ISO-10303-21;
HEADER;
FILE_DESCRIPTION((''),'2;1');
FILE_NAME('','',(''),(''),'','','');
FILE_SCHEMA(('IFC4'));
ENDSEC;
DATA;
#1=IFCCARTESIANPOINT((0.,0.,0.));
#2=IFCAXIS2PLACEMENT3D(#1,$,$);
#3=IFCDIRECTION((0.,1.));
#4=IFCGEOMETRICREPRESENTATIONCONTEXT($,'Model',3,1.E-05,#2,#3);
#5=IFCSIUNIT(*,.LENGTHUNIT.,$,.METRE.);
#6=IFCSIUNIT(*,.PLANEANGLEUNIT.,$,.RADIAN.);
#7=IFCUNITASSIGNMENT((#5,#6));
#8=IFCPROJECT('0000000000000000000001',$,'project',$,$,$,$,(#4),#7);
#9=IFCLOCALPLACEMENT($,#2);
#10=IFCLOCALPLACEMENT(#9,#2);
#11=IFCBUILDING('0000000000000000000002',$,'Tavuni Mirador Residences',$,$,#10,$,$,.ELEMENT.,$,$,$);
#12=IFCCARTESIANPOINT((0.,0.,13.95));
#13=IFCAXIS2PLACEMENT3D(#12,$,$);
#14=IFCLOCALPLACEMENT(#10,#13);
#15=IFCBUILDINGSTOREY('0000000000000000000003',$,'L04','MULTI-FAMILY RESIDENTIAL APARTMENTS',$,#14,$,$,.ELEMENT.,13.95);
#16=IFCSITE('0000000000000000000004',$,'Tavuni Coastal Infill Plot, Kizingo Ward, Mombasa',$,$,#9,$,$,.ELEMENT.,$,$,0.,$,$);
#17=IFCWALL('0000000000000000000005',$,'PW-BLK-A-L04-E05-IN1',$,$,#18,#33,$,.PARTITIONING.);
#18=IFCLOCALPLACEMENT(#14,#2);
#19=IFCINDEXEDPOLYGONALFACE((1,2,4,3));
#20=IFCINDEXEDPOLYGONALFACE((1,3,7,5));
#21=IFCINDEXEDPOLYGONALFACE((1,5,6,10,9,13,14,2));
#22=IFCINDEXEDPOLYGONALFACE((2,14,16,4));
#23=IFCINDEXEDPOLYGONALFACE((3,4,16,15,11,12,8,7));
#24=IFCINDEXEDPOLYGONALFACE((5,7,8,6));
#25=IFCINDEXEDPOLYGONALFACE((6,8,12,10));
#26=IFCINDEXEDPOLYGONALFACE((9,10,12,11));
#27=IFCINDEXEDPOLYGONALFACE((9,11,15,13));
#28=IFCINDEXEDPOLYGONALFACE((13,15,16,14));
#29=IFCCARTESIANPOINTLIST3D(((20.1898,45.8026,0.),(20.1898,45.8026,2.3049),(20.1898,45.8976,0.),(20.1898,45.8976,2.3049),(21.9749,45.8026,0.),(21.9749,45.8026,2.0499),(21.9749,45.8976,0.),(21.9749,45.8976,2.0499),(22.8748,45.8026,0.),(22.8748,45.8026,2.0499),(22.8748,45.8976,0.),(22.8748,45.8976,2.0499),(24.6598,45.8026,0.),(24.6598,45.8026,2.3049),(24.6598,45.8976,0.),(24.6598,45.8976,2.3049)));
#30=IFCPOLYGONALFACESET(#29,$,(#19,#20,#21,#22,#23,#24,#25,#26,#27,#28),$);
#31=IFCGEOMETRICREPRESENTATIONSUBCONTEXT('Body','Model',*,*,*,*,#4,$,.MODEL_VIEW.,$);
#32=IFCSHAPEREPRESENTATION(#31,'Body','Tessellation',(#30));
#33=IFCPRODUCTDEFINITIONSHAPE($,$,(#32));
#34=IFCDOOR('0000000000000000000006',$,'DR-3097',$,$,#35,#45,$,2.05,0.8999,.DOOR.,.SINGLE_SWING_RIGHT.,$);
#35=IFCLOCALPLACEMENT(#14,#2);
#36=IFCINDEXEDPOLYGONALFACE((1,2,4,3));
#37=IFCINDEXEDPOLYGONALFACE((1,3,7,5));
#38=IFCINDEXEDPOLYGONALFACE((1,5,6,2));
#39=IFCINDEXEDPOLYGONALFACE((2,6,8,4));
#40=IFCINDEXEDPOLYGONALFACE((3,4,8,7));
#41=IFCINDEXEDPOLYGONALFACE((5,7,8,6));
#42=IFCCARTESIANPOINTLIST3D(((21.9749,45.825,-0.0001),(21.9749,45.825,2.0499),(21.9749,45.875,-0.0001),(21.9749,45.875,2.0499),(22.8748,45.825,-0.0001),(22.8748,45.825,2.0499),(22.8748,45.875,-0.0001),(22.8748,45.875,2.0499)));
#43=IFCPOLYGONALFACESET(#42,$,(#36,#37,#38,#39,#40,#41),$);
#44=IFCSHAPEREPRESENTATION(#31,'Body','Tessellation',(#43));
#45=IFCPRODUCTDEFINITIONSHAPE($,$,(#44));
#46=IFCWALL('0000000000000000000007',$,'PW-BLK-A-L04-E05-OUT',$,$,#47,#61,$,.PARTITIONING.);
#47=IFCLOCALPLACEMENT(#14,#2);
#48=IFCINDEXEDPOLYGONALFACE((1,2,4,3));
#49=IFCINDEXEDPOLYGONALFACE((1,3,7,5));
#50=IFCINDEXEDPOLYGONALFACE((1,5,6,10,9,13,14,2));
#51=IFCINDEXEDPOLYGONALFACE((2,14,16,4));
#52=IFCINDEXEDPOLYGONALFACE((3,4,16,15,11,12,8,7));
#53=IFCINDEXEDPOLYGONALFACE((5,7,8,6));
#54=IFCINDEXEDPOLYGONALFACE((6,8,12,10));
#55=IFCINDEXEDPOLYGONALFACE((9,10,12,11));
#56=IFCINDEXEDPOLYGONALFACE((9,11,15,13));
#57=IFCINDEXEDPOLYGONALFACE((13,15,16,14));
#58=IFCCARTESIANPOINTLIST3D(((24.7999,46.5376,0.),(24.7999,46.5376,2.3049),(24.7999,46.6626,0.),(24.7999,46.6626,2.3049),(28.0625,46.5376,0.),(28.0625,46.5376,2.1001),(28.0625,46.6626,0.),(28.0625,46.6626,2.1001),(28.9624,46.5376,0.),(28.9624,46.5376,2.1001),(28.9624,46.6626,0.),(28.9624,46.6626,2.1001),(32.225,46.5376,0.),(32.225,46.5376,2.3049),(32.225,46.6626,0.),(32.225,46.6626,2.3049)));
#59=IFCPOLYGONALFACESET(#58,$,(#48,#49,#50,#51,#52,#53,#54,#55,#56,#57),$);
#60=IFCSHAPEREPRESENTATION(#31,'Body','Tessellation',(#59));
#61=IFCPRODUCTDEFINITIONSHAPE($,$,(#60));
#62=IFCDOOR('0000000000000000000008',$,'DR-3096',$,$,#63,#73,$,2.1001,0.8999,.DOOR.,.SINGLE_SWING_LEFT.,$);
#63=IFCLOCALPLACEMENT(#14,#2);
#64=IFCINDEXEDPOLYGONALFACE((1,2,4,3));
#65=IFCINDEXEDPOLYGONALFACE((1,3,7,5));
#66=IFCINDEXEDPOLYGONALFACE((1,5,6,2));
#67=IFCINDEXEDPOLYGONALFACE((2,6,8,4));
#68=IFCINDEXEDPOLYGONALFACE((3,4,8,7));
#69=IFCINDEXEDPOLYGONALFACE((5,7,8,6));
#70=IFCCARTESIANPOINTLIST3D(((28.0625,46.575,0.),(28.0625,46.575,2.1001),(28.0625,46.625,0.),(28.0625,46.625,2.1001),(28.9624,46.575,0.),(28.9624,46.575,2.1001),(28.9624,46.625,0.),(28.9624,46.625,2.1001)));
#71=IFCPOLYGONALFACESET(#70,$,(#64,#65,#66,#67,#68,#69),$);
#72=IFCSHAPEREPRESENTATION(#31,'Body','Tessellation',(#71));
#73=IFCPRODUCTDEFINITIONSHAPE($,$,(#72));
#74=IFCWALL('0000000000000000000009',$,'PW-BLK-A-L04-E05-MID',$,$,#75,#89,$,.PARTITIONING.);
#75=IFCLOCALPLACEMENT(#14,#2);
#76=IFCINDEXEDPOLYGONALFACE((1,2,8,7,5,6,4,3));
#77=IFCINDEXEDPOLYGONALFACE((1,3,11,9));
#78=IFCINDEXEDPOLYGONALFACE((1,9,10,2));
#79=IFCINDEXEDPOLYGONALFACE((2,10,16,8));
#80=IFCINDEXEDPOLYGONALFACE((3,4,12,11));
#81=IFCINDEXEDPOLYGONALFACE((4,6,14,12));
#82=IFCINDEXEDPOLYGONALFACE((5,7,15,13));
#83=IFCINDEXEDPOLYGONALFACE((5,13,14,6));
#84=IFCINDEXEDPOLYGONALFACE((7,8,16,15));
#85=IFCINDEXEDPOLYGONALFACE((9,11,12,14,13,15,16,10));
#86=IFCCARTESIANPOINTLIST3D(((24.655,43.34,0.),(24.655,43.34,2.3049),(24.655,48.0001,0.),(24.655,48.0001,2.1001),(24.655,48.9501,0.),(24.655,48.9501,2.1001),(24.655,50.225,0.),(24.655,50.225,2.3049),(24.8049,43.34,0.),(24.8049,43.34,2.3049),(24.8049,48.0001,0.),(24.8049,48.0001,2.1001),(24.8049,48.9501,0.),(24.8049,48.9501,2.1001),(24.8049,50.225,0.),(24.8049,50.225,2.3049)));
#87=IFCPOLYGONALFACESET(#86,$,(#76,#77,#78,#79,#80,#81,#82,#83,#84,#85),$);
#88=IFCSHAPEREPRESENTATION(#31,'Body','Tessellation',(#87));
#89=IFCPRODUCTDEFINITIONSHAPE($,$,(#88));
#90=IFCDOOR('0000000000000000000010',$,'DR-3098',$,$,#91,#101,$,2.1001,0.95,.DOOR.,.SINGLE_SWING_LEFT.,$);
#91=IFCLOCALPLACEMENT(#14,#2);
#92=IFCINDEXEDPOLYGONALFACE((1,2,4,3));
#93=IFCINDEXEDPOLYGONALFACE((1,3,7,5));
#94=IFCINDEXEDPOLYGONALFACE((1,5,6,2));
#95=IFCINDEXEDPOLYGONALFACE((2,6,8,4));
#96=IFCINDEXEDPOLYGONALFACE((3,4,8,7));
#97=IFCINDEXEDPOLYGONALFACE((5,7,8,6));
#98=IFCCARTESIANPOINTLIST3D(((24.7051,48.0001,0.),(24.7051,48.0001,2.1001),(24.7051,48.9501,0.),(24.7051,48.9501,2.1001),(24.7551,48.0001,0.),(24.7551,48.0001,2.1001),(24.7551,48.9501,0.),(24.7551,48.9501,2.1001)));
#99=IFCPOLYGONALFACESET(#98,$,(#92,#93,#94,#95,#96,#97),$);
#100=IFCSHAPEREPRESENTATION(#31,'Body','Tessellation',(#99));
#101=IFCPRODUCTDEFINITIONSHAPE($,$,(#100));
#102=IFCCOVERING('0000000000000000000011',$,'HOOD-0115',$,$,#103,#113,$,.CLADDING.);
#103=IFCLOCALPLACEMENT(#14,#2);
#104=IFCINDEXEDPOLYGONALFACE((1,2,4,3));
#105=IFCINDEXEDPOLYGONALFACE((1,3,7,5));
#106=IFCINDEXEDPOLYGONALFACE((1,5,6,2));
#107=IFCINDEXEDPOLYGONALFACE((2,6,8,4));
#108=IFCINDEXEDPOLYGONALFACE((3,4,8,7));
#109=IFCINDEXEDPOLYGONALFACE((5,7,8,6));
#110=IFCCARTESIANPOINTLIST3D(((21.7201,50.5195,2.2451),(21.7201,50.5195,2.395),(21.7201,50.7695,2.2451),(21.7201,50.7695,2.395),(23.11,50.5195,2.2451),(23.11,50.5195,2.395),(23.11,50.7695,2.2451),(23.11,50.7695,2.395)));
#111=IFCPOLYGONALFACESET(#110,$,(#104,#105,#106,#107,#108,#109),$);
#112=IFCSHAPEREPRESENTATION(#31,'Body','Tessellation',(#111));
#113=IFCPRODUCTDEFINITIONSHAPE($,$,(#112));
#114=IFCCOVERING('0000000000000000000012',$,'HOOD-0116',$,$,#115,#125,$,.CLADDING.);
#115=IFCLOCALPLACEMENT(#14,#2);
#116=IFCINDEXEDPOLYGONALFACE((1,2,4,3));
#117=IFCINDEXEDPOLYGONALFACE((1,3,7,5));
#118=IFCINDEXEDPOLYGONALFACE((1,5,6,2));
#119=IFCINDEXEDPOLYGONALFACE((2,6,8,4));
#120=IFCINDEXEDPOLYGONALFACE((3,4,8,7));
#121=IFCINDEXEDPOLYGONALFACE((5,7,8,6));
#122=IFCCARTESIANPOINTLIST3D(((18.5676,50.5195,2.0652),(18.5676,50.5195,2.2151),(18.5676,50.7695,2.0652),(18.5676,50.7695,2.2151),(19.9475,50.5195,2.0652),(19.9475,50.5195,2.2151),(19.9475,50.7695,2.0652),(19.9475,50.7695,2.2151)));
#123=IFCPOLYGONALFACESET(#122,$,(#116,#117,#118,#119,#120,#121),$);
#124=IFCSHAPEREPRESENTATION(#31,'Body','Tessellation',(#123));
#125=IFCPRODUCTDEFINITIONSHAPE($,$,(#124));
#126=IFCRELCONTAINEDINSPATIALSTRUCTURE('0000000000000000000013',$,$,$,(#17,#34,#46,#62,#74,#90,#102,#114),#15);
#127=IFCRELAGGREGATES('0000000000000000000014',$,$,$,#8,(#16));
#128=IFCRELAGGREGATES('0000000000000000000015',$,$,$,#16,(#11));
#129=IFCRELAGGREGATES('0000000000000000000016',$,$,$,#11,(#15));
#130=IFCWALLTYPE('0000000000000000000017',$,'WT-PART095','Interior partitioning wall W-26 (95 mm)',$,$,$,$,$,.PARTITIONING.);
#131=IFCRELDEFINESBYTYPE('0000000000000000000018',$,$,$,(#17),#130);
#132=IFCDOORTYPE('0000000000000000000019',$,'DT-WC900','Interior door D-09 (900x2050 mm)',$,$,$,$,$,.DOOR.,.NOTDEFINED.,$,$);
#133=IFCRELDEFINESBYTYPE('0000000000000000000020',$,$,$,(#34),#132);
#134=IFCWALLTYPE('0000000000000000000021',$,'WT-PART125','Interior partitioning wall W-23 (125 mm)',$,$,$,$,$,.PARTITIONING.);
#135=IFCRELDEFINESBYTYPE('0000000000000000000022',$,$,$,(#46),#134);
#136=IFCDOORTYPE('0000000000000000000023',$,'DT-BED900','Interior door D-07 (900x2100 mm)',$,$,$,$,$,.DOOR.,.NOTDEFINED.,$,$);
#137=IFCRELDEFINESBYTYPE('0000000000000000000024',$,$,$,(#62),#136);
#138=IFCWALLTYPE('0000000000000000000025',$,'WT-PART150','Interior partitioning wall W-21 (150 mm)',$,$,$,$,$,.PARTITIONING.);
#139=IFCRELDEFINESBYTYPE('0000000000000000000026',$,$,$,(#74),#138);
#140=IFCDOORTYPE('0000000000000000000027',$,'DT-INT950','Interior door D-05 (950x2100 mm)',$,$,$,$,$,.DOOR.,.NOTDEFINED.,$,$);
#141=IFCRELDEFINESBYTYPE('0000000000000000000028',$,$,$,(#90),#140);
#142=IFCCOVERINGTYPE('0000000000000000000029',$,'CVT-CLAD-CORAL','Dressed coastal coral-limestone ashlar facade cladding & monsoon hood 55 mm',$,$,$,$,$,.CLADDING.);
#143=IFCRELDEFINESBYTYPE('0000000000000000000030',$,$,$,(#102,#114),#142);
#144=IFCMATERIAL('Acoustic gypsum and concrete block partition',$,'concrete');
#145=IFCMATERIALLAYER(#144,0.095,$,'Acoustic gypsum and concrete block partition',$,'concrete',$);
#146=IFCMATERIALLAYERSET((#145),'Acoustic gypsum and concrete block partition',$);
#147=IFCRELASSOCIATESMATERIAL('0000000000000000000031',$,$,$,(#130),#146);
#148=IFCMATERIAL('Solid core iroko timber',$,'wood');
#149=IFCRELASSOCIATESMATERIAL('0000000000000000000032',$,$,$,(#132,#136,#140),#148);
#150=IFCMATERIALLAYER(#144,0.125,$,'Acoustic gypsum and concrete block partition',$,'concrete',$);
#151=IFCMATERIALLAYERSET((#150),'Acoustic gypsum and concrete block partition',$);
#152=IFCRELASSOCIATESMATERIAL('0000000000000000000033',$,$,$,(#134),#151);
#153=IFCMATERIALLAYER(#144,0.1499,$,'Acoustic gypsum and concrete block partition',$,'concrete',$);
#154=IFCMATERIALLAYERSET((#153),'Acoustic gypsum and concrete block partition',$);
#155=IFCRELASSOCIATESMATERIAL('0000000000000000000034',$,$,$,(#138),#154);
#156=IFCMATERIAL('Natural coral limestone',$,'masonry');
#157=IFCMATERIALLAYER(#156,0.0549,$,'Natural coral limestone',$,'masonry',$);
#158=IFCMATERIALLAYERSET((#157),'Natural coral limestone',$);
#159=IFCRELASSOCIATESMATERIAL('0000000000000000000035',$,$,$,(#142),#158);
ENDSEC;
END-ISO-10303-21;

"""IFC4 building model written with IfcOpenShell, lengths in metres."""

from ifc_helpers import new_model, si_unit, direction, frame, frame_2d, origin, origin_2d, place, context, subcontext, project, spatial, rectangle, extrude, material, layer, layer_set, type_object, element, fill, save


model = new_model("IFC4")

# Units and contexts
model_context = context("Model", 3, precision=1e-05, world=origin(), true_north=direction((0.0, 1.0)))
body_context = subcontext(model_context, "Body", "Model", "MODEL_VIEW")
ifc_project = project(units=[si_unit("LENGTHUNIT", "METRE"), si_unit("PLANEANGLEUNIT", "RADIAN")], contexts=[model_context])

# Site, building, storey
site_placement = place(None, origin())
site = spatial("IfcSite", under=ifc_project, at=site_placement, Name="Tavuni Coastal Infill Plot, Kizingo Ward, Mombasa", CompositionType="ELEMENT", RefElevation=0.0)
building_placement = place(site_placement, origin())
building = spatial("IfcBuilding", under=site, at=building_placement, Name="Tavuni Mirador Residences", CompositionType="ELEMENT")
storey_placement = place(building_placement, frame((0.0, 0.0, 13.95)))
storey = spatial("IfcBuildingStorey", under=building, at=storey_placement, Name="L04", Description="MULTI-FAMILY RESIDENTIAL APARTMENTS", CompositionType="ELEMENT", Elevation=13.95)

# Shared definitions
ifc_material_1 = material(Name="Solid core iroko timber", Category="wood")

# Walls, openings, doors
ifc_material_2 = material(Name="Acoustic gypsum and concrete block partition", Category="concrete")
ifc_layer_1 = layer(ifc_material_2, 0.095, Name="Acoustic gypsum and concrete block partition", Category="concrete")
ifc_layer_set_1 = layer_set([ifc_layer_1], Name="Acoustic gypsum and concrete block partition")
wall_type_1 = type_object("IfcWallType", Name="WT-PART095", Description="Interior partitioning wall W-26 (95 mm)", PredefinedType="PARTITIONING", material=ifc_layer_set_1)
wall_1_placement = place(storey_placement, frame((20.1899, 45.8501, 0.0), z_axis=(0.0, 0.0, 1.0), x_axis=(1.0, 0.0, 0.0)))
wall_1 = element("IfcWall", 1, at=wall_1_placement, inside=storey, type_object=wall_type_1, Name="PW-BLK-A-L04-E05-IN1", PredefinedType="PARTITIONING", context=body_context, shape_type="SweptSolid", body=[
    extrude(rectangle(XDim=4.47, YDim=0.095, at=frame_2d((2.2349, 0.0))), origin(), (0.0, 0.0, 1.0), 2.3049),
])
opening_1_placement = place(wall_1_placement, frame((1.7849, 0.0, 0.0)))
opening_1 = element("IfcOpeningElement", 2, at=opening_1_placement, cuts=wall_1, PredefinedType="OPENING", context=body_context, shape_type="SweptSolid", body=[
    extrude(rectangle(XDim=0.8999, YDim=2.05, at=frame_2d((0.45, 1.0249))), frame((0.0, 0.0576, 0.0), z_axis=(0.0, -1.0, 0.0), x_axis=(1.0, 0.0, 0.0)), (0.0, 0.0, 1.0), 0.115),
])
door_type_1 = type_object("IfcDoorType", Name="DT-WC900", Description="Interior door D-09 (900x2050 mm)", OperationType="NOTDEFINED", PredefinedType="DOOR", material=ifc_material_1)
door_1_placement = place(opening_1_placement, origin())
door_1 = element("IfcDoor", 3, at=door_1_placement, inside=storey, type_object=door_type_1, Name="DR-3097", OperationType="SINGLE_SWING_RIGHT", OverallHeight=2.05, OverallWidth=0.8999, PredefinedType="DOOR", context=body_context, shape_type="SweptSolid", body=[
    extrude(rectangle(XDim=0.8999, YDim=2.05, at=frame_2d((0.45, 1.0249))), frame((0.0, 0.0249, 0.0), z_axis=(0.0, -1.0, 0.0), x_axis=(1.0, 0.0, 0.0)), (0.0, 0.0, 1.0), 0.05),
])
fill(opening_1, door_1)
ifc_layer_2 = layer(ifc_material_2, 0.125, Name="Acoustic gypsum and concrete block partition", Category="concrete")
ifc_layer_set_2 = layer_set([ifc_layer_2], Name="Acoustic gypsum and concrete block partition")
wall_type_2 = type_object("IfcWallType", Name="WT-PART125", Description="Interior partitioning wall W-23 (125 mm)", PredefinedType="PARTITIONING", material=ifc_layer_set_2)
wall_2_placement = place(storey_placement, frame((24.8, 46.6001, 0.0), z_axis=(0.0, 0.0, 1.0), x_axis=(1.0, 0.0, 0.0)))
wall_2 = element("IfcWall", 4, at=wall_2_placement, inside=storey, type_object=wall_type_2, Name="PW-BLK-A-L04-E05-OUT", PredefinedType="PARTITIONING", context=body_context, shape_type="SweptSolid", body=[
    extrude(rectangle(XDim=7.425, YDim=0.125, at=frame_2d((3.7124, 0.0))), origin(), (0.0, 0.0, 1.0), 2.3049),
])
opening_2_placement = place(wall_2_placement, frame((3.2625, 0.0, 0.0)))
opening_2 = element("IfcOpeningElement", 5, at=opening_2_placement, cuts=wall_2, PredefinedType="OPENING", context=body_context, shape_type="SweptSolid", body=[
    extrude(rectangle(XDim=0.8999, YDim=2.1001, at=frame_2d((0.45, 1.05))), frame((0.0, 0.0725, 0.0), z_axis=(0.0, -1.0, 0.0), x_axis=(1.0, 0.0, 0.0)), (0.0, 0.0, 1.0), 0.145),
])
door_type_2 = type_object("IfcDoorType", Name="DT-BED900", Description="Interior door D-07 (900x2100 mm)", OperationType="NOTDEFINED", PredefinedType="DOOR", material=ifc_material_1)
door_2_placement = place(opening_2_placement, origin())
door_2 = element("IfcDoor", 6, at=door_2_placement, inside=storey, type_object=door_type_2, Name="DR-3096", OperationType="SINGLE_SWING_LEFT", OverallHeight=2.1001, OverallWidth=0.8999, PredefinedType="DOOR", context=body_context, shape_type="SweptSolid", body=[
    extrude(rectangle(XDim=0.8999, YDim=2.1001, at=frame_2d((0.45, 1.05))), frame((0.0, 0.0249, 0.0), z_axis=(0.0, -1.0, 0.0), x_axis=(1.0, 0.0, 0.0)), (0.0, 0.0, 1.0), 0.05),
])
fill(opening_2, door_2)
ifc_layer_3 = layer(ifc_material_2, 0.1499, Name="Acoustic gypsum and concrete block partition", Category="concrete")
ifc_layer_set_3 = layer_set([ifc_layer_3], Name="Acoustic gypsum and concrete block partition")
wall_type_3 = type_object("IfcWallType", Name="WT-PART150", Description="Interior partitioning wall W-21 (150 mm)", PredefinedType="PARTITIONING", material=ifc_layer_set_3)
wall_3_placement = place(storey_placement, frame((24.73, 43.3401, 0.0), z_axis=(0.0, 0.0, 1.0), x_axis=(0.0, 1.0, 0.0)))
wall_3 = element("IfcWall", 7, at=wall_3_placement, inside=storey, type_object=wall_type_3, Name="PW-BLK-A-L04-E05-MID", PredefinedType="PARTITIONING", context=body_context, shape_type="SweptSolid", body=[
    extrude(rectangle(XDim=6.885, YDim=0.1499, at=frame_2d((3.4424, 0.0))), origin(), (0.0, 0.0, 1.0), 2.3049),
])
opening_3_placement = place(wall_3_placement, frame((4.6599, 0.0, 0.0)))
opening_3 = element("IfcOpeningElement", 8, at=opening_3_placement, cuts=wall_3, PredefinedType="OPENING", context=body_context, shape_type="SweptSolid", body=[
    extrude(rectangle(XDim=0.95, YDim=2.1001, at=frame_2d((0.4751, 1.05))), frame((0.0, 0.085, 0.0), z_axis=(0.0, -1.0, 0.0), x_axis=(1.0, 0.0, 0.0)), (0.0, 0.0, 1.0), 0.1699),
])
door_type_3 = type_object("IfcDoorType", Name="DT-INT950", Description="Interior door D-05 (950x2100 mm)", OperationType="NOTDEFINED", PredefinedType="DOOR", material=ifc_material_1)
door_3_placement = place(opening_3_placement, origin())
door_3 = element("IfcDoor", 9, at=door_3_placement, inside=storey, type_object=door_type_3, Name="DR-3098", OperationType="SINGLE_SWING_LEFT", OverallHeight=2.1001, OverallWidth=0.95, PredefinedType="DOOR", context=body_context, shape_type="SweptSolid", body=[
    extrude(rectangle(XDim=0.95, YDim=2.1001, at=frame_2d((0.4751, 1.05))), frame((0.0, 0.0249, 0.0), z_axis=(0.0, -1.0, 0.0), x_axis=(1.0, 0.0, 0.0)), (0.0, 0.0, 1.0), 0.05),
])
fill(opening_3, door_3)

# Coverings
ifc_material_3 = material(Name="Natural coral limestone", Category="masonry")
ifc_layer_4 = layer(ifc_material_3, 0.0549, Name="Natural coral limestone", Category="masonry")
ifc_layer_set_4 = layer_set([ifc_layer_4], Name="Natural coral limestone")
covering_type = type_object("IfcCoveringType", Name="CVT-CLAD-CORAL", Description="Dressed coastal coral-limestone ashlar facade cladding & monsoon hood 55 mm", PredefinedType="CLADDING", material=ifc_layer_set_4)
covering_1_placement = place(storey_placement, frame((22.415, 50.6445, 2.2451), z_axis=(0.0, 0.0, 1.0), x_axis=(-1.0, 0.0, 0.0)))
element("IfcCovering", 10, at=covering_1_placement, inside=storey, type_object=covering_type, Name="HOOD-0115", PredefinedType="CLADDING", context=body_context, shape_type="SweptSolid", body=[
    extrude(rectangle(XDim=1.3899, YDim=0.25, at=origin_2d()), origin(), (0.0, 0.0, 1.0), 0.1499),
])
covering_2_placement = place(storey_placement, frame((19.2576, 50.6445, 2.0652), z_axis=(0.0, 0.0, 1.0), x_axis=(-1.0, 0.0, 0.0)))
element("IfcCovering", 11, at=covering_2_placement, inside=storey, type_object=covering_type, Name="HOOD-0116", PredefinedType="CLADDING", context=body_context, shape_type="SweptSolid", body=[
    extrude(rectangle(XDim=1.3799, YDim=0.25, at=origin_2d()), origin(), (0.0, 0.0, 1.0), 0.1499),
])

save(model, "model.ifc")
